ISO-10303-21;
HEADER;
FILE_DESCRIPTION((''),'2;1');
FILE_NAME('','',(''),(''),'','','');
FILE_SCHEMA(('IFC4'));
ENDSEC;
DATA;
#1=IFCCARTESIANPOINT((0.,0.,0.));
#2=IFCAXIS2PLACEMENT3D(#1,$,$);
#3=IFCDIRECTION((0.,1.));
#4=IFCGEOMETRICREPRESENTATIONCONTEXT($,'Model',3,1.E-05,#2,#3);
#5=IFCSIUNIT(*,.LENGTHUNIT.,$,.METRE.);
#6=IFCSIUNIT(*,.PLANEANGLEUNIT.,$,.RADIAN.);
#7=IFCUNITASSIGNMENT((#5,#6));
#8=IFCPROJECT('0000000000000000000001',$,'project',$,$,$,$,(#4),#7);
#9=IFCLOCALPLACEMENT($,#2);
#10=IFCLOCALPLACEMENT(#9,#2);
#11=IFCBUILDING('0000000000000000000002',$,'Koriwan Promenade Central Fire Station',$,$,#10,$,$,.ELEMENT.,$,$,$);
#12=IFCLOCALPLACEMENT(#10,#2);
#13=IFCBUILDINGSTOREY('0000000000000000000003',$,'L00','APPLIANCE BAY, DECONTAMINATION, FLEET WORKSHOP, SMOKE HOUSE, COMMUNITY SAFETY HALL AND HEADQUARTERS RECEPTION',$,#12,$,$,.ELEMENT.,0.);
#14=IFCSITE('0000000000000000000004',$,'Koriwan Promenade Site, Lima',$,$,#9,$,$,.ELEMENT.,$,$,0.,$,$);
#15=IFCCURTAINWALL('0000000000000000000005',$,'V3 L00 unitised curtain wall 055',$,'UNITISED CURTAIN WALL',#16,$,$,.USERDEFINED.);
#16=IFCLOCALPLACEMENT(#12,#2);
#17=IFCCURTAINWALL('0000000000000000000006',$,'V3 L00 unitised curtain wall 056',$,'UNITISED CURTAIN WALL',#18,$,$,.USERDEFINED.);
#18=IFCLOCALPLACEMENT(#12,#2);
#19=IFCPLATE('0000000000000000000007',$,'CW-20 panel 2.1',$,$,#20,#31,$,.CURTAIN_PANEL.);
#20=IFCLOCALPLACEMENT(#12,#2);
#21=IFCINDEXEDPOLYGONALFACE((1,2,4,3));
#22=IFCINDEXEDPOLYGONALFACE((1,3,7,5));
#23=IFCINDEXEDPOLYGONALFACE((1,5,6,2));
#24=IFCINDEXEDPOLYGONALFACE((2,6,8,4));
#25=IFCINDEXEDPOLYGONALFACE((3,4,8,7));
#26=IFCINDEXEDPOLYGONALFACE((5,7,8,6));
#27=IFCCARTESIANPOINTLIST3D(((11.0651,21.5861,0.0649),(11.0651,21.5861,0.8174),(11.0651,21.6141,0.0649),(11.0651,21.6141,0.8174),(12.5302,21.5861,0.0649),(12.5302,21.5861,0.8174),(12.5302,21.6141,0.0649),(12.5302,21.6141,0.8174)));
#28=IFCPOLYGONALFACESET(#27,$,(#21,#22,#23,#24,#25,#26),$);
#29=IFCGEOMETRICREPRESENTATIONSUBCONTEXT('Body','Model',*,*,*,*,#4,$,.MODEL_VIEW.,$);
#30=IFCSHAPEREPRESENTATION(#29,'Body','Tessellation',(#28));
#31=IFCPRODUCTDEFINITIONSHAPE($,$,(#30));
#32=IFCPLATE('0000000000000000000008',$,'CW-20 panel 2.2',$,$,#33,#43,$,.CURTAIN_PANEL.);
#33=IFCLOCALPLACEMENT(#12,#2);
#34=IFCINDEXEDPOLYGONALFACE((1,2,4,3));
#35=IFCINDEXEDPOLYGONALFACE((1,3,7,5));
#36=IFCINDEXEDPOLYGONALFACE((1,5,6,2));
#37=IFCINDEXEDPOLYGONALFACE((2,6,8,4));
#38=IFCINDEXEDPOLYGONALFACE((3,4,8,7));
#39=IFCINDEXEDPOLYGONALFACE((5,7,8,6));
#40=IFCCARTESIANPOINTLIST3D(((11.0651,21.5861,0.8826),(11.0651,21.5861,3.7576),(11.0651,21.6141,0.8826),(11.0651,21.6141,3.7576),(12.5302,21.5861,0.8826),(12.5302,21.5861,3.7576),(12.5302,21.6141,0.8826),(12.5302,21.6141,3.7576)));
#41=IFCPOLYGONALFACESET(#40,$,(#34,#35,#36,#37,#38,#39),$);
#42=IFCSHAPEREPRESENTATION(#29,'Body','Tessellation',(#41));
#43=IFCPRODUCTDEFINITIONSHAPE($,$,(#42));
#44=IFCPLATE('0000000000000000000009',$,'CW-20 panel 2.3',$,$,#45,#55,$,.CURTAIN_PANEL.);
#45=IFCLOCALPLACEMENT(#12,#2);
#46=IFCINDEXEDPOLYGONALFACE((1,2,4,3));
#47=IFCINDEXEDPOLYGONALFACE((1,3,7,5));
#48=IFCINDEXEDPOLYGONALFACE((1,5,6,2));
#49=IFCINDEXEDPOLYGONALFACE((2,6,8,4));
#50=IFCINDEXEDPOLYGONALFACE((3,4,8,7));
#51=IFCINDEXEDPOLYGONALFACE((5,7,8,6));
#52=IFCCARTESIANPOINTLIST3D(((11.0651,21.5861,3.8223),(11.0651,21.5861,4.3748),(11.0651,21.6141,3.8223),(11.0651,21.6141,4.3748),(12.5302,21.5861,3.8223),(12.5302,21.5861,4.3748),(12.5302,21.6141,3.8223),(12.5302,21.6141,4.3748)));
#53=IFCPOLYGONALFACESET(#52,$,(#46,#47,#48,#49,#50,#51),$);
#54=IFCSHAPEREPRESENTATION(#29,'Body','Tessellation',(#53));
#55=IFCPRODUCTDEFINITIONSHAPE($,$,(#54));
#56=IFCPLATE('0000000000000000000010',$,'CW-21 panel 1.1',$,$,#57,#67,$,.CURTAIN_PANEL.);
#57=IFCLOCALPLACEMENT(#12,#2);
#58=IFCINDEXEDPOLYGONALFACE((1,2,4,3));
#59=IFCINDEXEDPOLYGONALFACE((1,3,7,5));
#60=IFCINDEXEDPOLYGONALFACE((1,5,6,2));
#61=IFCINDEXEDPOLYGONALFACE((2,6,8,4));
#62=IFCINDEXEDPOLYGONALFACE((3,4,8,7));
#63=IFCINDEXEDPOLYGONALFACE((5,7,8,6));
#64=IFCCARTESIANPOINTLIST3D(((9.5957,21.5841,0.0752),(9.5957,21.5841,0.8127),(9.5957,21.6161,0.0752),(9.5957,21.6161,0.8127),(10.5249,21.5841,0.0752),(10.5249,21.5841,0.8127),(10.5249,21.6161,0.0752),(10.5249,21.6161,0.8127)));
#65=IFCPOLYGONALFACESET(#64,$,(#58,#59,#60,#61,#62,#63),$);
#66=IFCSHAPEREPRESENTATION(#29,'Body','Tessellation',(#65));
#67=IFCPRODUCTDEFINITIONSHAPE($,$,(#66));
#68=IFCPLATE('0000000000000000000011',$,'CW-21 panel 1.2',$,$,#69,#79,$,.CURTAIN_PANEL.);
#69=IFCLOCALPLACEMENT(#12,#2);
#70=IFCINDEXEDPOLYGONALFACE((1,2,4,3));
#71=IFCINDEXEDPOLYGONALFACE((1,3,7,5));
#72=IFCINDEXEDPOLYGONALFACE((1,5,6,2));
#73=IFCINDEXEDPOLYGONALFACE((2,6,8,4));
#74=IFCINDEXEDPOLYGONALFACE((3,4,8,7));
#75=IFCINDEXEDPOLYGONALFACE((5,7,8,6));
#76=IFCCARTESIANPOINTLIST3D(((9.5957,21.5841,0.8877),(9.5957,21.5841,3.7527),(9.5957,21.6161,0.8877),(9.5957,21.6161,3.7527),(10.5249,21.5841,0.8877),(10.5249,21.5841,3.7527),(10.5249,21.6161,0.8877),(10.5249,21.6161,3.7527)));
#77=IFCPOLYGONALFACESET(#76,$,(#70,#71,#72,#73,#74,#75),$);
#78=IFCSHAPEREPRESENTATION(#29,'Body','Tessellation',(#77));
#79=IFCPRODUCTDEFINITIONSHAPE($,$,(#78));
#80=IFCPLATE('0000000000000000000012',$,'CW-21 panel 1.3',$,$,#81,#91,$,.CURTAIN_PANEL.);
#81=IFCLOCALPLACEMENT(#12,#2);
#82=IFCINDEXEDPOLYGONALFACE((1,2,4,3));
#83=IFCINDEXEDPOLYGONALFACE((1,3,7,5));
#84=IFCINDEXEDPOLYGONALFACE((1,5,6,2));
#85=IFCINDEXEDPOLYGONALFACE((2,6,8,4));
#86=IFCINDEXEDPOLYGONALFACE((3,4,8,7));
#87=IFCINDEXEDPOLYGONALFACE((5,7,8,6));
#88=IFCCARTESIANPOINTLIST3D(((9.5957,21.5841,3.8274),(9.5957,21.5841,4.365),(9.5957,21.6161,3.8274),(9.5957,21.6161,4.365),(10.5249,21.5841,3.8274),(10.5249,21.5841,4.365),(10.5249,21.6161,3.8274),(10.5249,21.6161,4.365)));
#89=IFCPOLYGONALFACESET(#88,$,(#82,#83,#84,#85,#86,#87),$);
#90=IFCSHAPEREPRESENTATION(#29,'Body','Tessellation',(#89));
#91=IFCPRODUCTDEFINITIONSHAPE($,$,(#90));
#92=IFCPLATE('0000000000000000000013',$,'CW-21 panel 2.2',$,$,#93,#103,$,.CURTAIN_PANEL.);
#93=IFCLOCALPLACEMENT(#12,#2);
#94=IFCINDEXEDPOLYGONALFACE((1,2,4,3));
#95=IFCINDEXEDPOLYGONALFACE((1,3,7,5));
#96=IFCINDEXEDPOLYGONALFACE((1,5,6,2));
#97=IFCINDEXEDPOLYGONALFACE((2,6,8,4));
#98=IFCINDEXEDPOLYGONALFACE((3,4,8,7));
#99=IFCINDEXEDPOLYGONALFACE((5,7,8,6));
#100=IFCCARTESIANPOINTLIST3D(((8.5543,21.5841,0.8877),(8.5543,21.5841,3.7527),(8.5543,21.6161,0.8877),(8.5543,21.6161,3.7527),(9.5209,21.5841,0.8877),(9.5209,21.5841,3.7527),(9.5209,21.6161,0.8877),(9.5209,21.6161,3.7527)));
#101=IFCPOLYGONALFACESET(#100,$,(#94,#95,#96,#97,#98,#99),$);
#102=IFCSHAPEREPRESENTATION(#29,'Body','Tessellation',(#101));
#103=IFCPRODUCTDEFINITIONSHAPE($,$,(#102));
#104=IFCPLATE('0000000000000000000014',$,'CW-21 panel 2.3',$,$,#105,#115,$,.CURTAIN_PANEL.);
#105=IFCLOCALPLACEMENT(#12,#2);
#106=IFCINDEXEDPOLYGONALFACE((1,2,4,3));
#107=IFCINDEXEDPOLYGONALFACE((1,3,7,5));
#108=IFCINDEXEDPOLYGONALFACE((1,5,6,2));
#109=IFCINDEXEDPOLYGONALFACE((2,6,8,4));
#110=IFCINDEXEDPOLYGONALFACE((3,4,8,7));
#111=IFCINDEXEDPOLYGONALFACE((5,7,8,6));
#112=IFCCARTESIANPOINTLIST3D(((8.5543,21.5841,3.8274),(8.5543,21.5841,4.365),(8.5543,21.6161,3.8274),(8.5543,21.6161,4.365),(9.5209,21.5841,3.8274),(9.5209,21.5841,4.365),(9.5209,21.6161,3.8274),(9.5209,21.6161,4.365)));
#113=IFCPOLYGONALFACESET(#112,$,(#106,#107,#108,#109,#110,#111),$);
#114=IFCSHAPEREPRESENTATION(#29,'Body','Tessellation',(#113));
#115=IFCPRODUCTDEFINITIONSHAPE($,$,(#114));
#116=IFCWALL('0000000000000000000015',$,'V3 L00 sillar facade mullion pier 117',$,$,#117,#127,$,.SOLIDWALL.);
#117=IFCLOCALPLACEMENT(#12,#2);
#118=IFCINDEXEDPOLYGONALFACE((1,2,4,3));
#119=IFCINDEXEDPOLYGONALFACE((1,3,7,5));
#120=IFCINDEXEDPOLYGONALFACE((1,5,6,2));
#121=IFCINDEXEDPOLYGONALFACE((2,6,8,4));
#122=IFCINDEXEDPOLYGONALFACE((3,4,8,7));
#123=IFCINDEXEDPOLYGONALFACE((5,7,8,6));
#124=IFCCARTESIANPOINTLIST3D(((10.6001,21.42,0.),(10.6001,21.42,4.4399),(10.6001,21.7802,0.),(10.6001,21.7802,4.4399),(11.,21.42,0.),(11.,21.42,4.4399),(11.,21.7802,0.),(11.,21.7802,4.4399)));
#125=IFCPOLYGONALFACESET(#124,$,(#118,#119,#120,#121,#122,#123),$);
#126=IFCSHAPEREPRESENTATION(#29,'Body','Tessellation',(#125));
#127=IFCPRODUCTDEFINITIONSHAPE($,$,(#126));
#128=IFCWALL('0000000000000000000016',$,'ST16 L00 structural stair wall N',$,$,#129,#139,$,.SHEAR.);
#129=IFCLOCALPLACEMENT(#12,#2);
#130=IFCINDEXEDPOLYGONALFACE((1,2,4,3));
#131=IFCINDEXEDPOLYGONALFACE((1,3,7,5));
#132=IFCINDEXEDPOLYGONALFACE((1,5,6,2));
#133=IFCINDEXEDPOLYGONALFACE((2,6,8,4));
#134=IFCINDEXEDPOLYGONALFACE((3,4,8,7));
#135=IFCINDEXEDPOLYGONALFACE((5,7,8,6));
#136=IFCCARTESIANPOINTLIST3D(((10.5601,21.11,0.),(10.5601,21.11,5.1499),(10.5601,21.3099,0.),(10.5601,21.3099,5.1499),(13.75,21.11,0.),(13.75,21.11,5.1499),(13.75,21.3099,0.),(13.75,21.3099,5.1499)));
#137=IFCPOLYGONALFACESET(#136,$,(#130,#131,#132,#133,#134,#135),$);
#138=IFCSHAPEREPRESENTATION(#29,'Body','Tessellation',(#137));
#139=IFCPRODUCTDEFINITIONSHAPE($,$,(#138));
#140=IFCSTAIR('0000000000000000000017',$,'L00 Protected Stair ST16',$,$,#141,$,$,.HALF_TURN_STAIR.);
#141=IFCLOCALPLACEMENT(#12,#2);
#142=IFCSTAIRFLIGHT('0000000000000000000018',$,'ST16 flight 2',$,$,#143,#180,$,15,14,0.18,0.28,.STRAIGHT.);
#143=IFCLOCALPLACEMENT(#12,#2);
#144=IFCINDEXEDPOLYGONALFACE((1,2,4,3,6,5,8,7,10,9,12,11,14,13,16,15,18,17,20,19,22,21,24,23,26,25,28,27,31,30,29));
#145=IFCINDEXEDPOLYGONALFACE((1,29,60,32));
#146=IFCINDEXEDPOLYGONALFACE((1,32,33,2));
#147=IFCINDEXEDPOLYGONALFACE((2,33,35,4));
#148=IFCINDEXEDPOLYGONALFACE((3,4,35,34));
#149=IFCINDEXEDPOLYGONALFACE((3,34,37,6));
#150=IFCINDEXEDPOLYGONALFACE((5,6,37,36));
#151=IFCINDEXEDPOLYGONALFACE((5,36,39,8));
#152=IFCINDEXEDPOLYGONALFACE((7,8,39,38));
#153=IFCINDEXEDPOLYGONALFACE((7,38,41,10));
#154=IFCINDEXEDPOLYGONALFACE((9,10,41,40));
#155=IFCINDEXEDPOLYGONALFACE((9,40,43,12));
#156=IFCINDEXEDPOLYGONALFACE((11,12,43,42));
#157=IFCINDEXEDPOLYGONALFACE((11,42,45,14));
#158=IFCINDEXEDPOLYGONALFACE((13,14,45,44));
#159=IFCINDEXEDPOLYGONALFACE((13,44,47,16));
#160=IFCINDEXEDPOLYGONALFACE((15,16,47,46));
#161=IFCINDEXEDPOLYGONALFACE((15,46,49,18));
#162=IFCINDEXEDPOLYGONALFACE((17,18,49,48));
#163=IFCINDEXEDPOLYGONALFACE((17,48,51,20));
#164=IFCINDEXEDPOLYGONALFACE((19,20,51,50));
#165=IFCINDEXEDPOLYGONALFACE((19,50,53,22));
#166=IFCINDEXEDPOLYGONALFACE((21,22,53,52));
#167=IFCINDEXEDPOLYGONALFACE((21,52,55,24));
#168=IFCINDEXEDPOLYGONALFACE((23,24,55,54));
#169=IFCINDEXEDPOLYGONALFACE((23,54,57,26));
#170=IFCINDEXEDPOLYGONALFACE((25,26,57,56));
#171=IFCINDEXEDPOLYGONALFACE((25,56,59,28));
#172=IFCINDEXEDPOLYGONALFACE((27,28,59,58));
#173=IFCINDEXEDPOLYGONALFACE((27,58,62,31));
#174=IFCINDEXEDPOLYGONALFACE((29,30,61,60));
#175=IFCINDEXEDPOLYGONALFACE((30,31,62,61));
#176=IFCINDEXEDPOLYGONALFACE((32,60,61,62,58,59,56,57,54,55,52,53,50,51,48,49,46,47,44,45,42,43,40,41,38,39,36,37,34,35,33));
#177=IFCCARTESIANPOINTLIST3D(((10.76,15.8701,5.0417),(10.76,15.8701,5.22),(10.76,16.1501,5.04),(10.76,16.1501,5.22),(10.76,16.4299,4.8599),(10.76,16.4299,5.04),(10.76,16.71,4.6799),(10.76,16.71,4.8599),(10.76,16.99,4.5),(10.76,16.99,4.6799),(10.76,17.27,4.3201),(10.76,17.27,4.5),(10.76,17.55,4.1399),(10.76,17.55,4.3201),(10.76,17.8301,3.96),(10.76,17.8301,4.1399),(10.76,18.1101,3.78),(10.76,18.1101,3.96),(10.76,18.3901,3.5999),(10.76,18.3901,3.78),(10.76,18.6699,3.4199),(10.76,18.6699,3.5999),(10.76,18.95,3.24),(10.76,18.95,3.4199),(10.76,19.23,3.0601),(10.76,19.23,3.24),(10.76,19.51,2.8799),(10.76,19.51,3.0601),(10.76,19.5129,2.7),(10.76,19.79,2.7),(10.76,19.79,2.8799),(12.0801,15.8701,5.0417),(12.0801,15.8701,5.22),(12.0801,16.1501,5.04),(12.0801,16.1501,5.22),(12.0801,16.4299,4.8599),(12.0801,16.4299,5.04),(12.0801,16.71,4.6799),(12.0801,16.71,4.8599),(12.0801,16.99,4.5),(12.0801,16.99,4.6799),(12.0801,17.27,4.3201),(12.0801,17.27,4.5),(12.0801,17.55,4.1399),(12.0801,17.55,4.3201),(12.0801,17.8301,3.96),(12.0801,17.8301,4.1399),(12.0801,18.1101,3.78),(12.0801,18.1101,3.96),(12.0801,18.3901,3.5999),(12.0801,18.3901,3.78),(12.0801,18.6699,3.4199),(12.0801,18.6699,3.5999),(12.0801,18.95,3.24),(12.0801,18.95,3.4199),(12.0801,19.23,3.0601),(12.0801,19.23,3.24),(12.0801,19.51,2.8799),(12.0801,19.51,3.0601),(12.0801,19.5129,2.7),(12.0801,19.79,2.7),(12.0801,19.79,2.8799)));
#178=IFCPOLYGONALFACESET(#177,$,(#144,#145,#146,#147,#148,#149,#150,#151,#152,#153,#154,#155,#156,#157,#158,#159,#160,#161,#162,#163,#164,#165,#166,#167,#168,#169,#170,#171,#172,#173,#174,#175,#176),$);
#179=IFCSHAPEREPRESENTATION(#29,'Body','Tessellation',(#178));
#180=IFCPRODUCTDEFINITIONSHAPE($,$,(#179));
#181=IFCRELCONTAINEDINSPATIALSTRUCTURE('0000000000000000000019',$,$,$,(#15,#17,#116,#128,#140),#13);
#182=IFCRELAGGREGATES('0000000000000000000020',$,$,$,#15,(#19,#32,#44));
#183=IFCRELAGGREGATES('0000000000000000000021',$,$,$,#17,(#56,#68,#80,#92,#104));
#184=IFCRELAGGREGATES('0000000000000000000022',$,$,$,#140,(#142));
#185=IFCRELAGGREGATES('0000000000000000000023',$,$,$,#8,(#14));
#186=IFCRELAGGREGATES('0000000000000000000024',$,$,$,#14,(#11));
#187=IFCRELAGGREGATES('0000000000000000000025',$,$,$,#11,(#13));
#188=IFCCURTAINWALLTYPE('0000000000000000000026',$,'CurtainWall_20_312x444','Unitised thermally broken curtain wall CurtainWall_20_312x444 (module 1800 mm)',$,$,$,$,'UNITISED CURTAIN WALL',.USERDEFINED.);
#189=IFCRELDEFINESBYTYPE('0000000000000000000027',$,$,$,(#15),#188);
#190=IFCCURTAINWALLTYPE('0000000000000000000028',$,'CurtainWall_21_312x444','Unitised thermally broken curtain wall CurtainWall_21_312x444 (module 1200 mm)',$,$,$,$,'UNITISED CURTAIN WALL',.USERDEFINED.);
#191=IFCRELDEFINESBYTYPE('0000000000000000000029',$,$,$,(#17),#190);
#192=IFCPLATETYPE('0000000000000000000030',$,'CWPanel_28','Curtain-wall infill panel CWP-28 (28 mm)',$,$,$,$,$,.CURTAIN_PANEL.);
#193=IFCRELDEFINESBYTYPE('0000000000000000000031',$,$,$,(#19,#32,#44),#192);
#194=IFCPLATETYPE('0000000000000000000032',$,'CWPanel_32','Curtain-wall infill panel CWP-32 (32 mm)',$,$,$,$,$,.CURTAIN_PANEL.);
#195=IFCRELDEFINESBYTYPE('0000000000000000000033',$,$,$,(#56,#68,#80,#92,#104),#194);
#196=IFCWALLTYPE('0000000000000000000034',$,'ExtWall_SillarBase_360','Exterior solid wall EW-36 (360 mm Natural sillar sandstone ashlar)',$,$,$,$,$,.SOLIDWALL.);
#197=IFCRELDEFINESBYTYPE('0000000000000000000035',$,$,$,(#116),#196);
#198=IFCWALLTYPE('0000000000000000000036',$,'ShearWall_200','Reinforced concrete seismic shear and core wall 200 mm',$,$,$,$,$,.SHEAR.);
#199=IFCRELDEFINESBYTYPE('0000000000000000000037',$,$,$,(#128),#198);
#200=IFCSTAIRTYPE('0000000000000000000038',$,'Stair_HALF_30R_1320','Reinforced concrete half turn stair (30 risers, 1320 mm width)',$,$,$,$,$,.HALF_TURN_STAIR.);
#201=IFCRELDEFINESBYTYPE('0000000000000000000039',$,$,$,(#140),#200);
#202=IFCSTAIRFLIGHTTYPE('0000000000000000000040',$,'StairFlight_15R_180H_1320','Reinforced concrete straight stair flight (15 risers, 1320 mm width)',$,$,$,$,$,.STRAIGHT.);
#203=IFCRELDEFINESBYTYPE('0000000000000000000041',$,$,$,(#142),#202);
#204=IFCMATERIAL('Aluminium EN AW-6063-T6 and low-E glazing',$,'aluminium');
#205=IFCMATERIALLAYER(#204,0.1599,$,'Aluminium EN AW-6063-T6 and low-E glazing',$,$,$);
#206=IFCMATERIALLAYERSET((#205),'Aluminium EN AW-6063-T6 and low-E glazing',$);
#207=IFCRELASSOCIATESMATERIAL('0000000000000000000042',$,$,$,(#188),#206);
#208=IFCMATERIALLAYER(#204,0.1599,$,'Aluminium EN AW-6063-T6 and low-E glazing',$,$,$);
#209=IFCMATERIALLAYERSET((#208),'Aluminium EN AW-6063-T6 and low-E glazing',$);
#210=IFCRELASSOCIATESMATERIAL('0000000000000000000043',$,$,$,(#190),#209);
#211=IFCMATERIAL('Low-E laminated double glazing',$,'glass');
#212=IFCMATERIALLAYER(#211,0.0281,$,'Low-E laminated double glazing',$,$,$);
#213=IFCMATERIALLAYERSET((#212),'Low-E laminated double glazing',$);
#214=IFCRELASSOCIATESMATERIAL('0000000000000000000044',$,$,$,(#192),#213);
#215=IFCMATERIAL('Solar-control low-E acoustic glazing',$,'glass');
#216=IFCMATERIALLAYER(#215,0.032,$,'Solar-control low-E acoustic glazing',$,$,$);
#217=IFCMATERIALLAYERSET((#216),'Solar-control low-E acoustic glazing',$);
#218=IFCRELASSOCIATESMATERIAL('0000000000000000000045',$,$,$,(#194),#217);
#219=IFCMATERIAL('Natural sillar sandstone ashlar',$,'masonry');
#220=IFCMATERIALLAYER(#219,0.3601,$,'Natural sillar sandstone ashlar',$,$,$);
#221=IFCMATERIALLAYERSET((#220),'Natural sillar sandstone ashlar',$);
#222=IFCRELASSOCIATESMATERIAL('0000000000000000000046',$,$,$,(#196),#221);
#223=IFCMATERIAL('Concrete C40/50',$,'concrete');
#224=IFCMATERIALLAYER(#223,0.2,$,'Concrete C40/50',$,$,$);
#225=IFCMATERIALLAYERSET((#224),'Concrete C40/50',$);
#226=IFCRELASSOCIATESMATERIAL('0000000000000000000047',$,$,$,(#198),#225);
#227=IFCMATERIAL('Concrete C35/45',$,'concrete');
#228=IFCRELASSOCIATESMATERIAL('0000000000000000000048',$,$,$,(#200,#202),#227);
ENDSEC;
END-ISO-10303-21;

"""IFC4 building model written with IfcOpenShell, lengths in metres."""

from ifc_helpers import new_model, si_unit, direction, frame, frame_2d, origin, origin_2d, place, context, subcontext, project, spatial, polyline, rectangle, outline, extrude, material, layer, layer_set, type_object, element, aggregate, save


model = new_model("IFC4")

# Units and contexts
model_context = context("Model", 3, precision=1e-05, world=origin(), true_north=direction((0.0, 1.0)))
body_context = subcontext(model_context, "Body", "Model", "MODEL_VIEW")
ifc_project = project(units=[si_unit("LENGTHUNIT", "METRE"), si_unit("PLANEANGLEUNIT", "RADIAN")], contexts=[model_context])

# Site, building, storey
site_placement = place(None, origin())
site = spatial("IfcSite", under=ifc_project, at=site_placement, Name="Koriwan Promenade Site, Lima", CompositionType="ELEMENT", RefElevation=0.0)
building_placement = place(site_placement, origin())
building = spatial("IfcBuilding", under=site, at=building_placement, Name="Koriwan Promenade Central Fire Station", CompositionType="ELEMENT")
storey_placement = place(building_placement, origin())
storey = spatial("IfcBuildingStorey", under=building, at=storey_placement, Name="L00", Description="APPLIANCE BAY, DECONTAMINATION, FLEET WORKSHOP, SMOKE HOUSE, COMMUNITY SAFETY HALL AND HEADQUARTERS RECEPTION", CompositionType="ELEMENT", Elevation=0.0)

# Shared definitions
ifc_material_1 = material(Name="Concrete C35/45", Category="concrete")

# Curtain wall
ifc_material_2 = material(Name="Aluminium EN AW-6063-T6 and low-E glazing", Category="aluminium")
ifc_layer_1 = layer(ifc_material_2, 0.1599, Name="Aluminium EN AW-6063-T6 and low-E glazing")
ifc_layer_set_1 = layer_set([ifc_layer_1], Name="Aluminium EN AW-6063-T6 and low-E glazing")
curtain_wall_type_1 = type_object("IfcCurtainWallType", Name="CurtainWall_20_312x444", Description="Unitised thermally broken curtain wall CurtainWall_20_312x444 (module 1800 mm)", ElementType="UNITISED CURTAIN WALL", PredefinedType="USERDEFINED", material=ifc_layer_set_1)
curtain_wall_1_placement = place(storey_placement, origin())
curtain_wall_1 = element("IfcCurtainWall", 1, at=curtain_wall_1_placement, inside=storey, type_object=curtain_wall_type_1, Name="V3 L00 unitised curtain wall 055", ObjectType="UNITISED CURTAIN WALL", PredefinedType="USERDEFINED")

# Curtain wall
ifc_layer_2 = layer(ifc_material_2, 0.1599, Name="Aluminium EN AW-6063-T6 and low-E glazing")
ifc_layer_set_2 = layer_set([ifc_layer_2], Name="Aluminium EN AW-6063-T6 and low-E glazing")
curtain_wall_type_2 = type_object("IfcCurtainWallType", Name="CurtainWall_21_312x444", Description="Unitised thermally broken curtain wall CurtainWall_21_312x444 (module 1200 mm)", ElementType="UNITISED CURTAIN WALL", PredefinedType="USERDEFINED", material=ifc_layer_set_2)
curtain_wall_2_placement = place(storey_placement, origin())
curtain_wall_2 = element("IfcCurtainWall", 2, at=curtain_wall_2_placement, inside=storey, type_object=curtain_wall_type_2, Name="V3 L00 unitised curtain wall 056", ObjectType="UNITISED CURTAIN WALL", PredefinedType="USERDEFINED")

# Plates
ifc_material_3 = material(Name="Low-E laminated double glazing", Category="glass")
ifc_layer_3 = layer(ifc_material_3, 0.0281, Name="Low-E laminated double glazing")
ifc_layer_set_3 = layer_set([ifc_layer_3], Name="Low-E laminated double glazing")
plate_type_1 = type_object("IfcPlateType", Name="CWPanel_28", Description="Curtain-wall infill panel CWP-28 (28 mm)", PredefinedType="CURTAIN_PANEL", material=ifc_layer_set_3)
plate_1_placement = place(storey_placement, frame((11.7976, 21.6001, 0.0649), z_axis=(0.0, 0.0, 1.0), x_axis=(-1.0, 0.0, 0.0)))
plate_1 = element("IfcPlate", 3, at=plate_1_placement, type_object=plate_type_1, Name="CW-20 panel 2.1", PredefinedType="CURTAIN_PANEL", context=body_context, shape_type="SweptSolid", body=[
    extrude(rectangle(XDim=1.4651, YDim=0.0281, at=origin_2d()), origin(), (0.0, 0.0, 1.0), 0.7524),
])
plate_2_placement = place(storey_placement, frame((11.7976, 21.6001, 0.8826), z_axis=(0.0, 0.0, 1.0), x_axis=(-1.0, 0.0, 0.0)))
plate_2 = element("IfcPlate", 4, at=plate_2_placement, type_object=plate_type_1, Name="CW-20 panel 2.2", PredefinedType="CURTAIN_PANEL", context=body_context, shape_type="SweptSolid", body=[
    extrude(rectangle(XDim=1.4651, YDim=0.0281, at=origin_2d()), origin(), (0.0, 0.0, 1.0), 2.875),
])
plate_3_placement = place(storey_placement, frame((11.7976, 21.6001, 3.8223), z_axis=(0.0, 0.0, 1.0), x_axis=(-1.0, 0.0, 0.0)))
plate_3 = element("IfcPlate", 5, at=plate_3_placement, type_object=plate_type_1, Name="CW-20 panel 2.3", PredefinedType="CURTAIN_PANEL", context=body_context, shape_type="SweptSolid", body=[
    extrude(rectangle(XDim=1.4651, YDim=0.0281, at=origin_2d()), origin(), (0.0, 0.0, 1.0), 0.5525),
])
aggregate(curtain_wall_1, [plate_1, plate_2, plate_3])
ifc_material_4 = material(Name="Solar-control low-E acoustic glazing", Category="glass")
ifc_layer_4 = layer(ifc_material_4, 0.032, Name="Solar-control low-E acoustic glazing")
ifc_layer_set_4 = layer_set([ifc_layer_4], Name="Solar-control low-E acoustic glazing")
plate_type_2 = type_object("IfcPlateType", Name="CWPanel_32", Description="Curtain-wall infill panel CWP-32 (32 mm)", PredefinedType="CURTAIN_PANEL", material=ifc_layer_set_4)
plate_4_placement = place(storey_placement, frame((10.0603, 21.6001, 0.0752), z_axis=(0.0, 0.0, 1.0), x_axis=(-1.0, 0.0, 0.0)))
plate_4 = element("IfcPlate", 6, at=plate_4_placement, type_object=plate_type_2, Name="CW-21 panel 1.1", PredefinedType="CURTAIN_PANEL", context=body_context, shape_type="SweptSolid", body=[
    extrude(rectangle(XDim=0.9292, YDim=0.032, at=origin_2d()), origin(), (0.0, 0.0, 1.0), 0.7375),
])
plate_5_placement = place(storey_placement, frame((10.0603, 21.6001, 0.8877), z_axis=(0.0, 0.0, 1.0), x_axis=(-1.0, 0.0, 0.0)))
plate_5 = element("IfcPlate", 7, at=plate_5_placement, type_object=plate_type_2, Name="CW-21 panel 1.2", PredefinedType="CURTAIN_PANEL", context=body_context, shape_type="SweptSolid", body=[
    extrude(rectangle(XDim=0.9292, YDim=0.032, at=origin_2d()), origin(), (0.0, 0.0, 1.0), 2.865),
])
plate_6_placement = place(storey_placement, frame((10.0603, 21.6001, 3.8274), z_axis=(0.0, 0.0, 1.0), x_axis=(-1.0, 0.0, 0.0)))
plate_6 = element("IfcPlate", 8, at=plate_6_placement, type_object=plate_type_2, Name="CW-21 panel 1.3", PredefinedType="CURTAIN_PANEL", context=body_context, shape_type="SweptSolid", body=[
    extrude(rectangle(XDim=0.9292, YDim=0.032, at=origin_2d()), origin(), (0.0, 0.0, 1.0), 0.5376),
])
plate_7_placement = place(storey_placement, frame((9.0376, 21.6001, 0.8877), z_axis=(0.0, 0.0, 1.0), x_axis=(-1.0, 0.0, 0.0)))
plate_7 = element("IfcPlate", 9, at=plate_7_placement, type_object=plate_type_2, Name="CW-21 panel 2.2", PredefinedType="CURTAIN_PANEL", context=body_context, shape_type="SweptSolid", body=[
    extrude(rectangle(XDim=0.9666, YDim=0.032, at=origin_2d()), origin(), (0.0, 0.0, 1.0), 2.865),
])
plate_8_placement = place(storey_placement, frame((9.0376, 21.6001, 3.8274), z_axis=(0.0, 0.0, 1.0), x_axis=(-1.0, 0.0, 0.0)))
plate_8 = element("IfcPlate", 10, at=plate_8_placement, type_object=plate_type_2, Name="CW-21 panel 2.3", PredefinedType="CURTAIN_PANEL", context=body_context, shape_type="SweptSolid", body=[
    extrude(rectangle(XDim=0.9666, YDim=0.032, at=origin_2d()), origin(), (0.0, 0.0, 1.0), 0.5376),
])
aggregate(curtain_wall_2, [plate_4, plate_5, plate_6, plate_7, plate_8])

# Walls
ifc_material_5 = material(Name="Natural sillar sandstone ashlar", Category="masonry")
ifc_layer_5 = layer(ifc_material_5, 0.3601, Name="Natural sillar sandstone ashlar")
ifc_layer_set_5 = layer_set([ifc_layer_5], Name="Natural sillar sandstone ashlar")
wall_type_1 = type_object("IfcWallType", Name="ExtWall_SillarBase_360", Description="Exterior solid wall EW-36 (360 mm Natural sillar sandstone ashlar)", PredefinedType="SOLIDWALL", material=ifc_layer_set_5)
wall_1_placement = place(storey_placement, frame((11.0, 21.6001, 0.0), z_axis=(0.0, 0.0, 1.0), x_axis=(-1.0, 0.0, 0.0)))
element("IfcWall", 11, at=wall_1_placement, inside=storey, type_object=wall_type_1, Name="V3 L00 sillar facade mullion pier 117", PredefinedType="SOLIDWALL", context=body_context, shape_type="SweptSolid", body=[
    extrude(rectangle(XDim=0.3999, YDim=0.3601, at=frame_2d((0.2, 0.0))), origin(), (0.0, 0.0, 1.0), 4.4399),
])
ifc_material_6 = material(Name="Concrete C40/50", Category="concrete")
ifc_layer_6 = layer(ifc_material_6, 0.2, Name="Concrete C40/50")
ifc_layer_set_6 = layer_set([ifc_layer_6], Name="Concrete C40/50")
wall_type_2 = type_object("IfcWallType", Name="ShearWall_200", Description="Reinforced concrete seismic shear and core wall 200 mm", PredefinedType="SHEAR", material=ifc_layer_set_6)
wall_2_placement = place(storey_placement, frame((10.5601, 21.21, 0.0), z_axis=(0.0, 0.0, 1.0), x_axis=(1.0, 0.0, 0.0)))
element("IfcWall", 12, at=wall_2_placement, inside=storey, type_object=wall_type_2, Name="ST16 L00 structural stair wall N", PredefinedType="SHEAR", context=body_context, shape_type="SweptSolid", body=[
    extrude(rectangle(XDim=3.1899, YDim=0.2, at=frame_2d((1.595, 0.0))), origin(), (0.0, 0.0, 1.0), 5.1499),
])

# Stair, stair flight
stair_type = type_object("IfcStairType", Name="Stair_HALF_30R_1320", Description="Reinforced concrete half turn stair (30 risers, 1320 mm width)", PredefinedType="HALF_TURN_STAIR", material=ifc_material_1)
stair_placement = place(storey_placement, origin())
stair = element("IfcStair", 13, at=stair_placement, inside=storey, type_object=stair_type, Name="L00 Protected Stair ST16", PredefinedType="HALF_TURN_STAIR")
stair_flight_type = type_object("IfcStairFlightType", Name="StairFlight_15R_180H_1320", Description="Reinforced concrete straight stair flight (15 risers, 1320 mm width)", PredefinedType="STRAIGHT", material=ifc_material_1)
stair_flight_placement = place(storey_placement, frame((11.4199, 19.79, 2.7), z_axis=(0.0, 0.0, 1.0), x_axis=(0.0, -1.0, 0.0)))
stair_flight = element("IfcStairFlight", 14, at=stair_flight_placement, type_object=stair_flight_type, Name="ST16 flight 2", NumberOfRisers=15, NumberOfTreads=14, PredefinedType="STRAIGHT", RiserHeight=0.18, TreadLength=0.28, context=body_context, shape_type="SweptSolid", body=[
    extrude(outline(polyline([(0.0, 0.0), (0.0, 0.1799), (0.28, 0.1799), (0.28, 0.3601), (0.5601, 0.3601), (0.5601, 0.54), (0.8401, 0.54), (0.8401, 0.72), (1.1201, 0.72), (1.1201, 0.8999), (1.3999, 0.8999), (1.3999, 1.0801), (1.6799, 1.0801), (1.6799, 1.26), (1.96, 1.26), (1.96, 1.4399), (2.24, 1.4399), (2.24, 1.6201), (2.52, 1.6201), (2.52, 1.8), (2.8, 1.8), (2.8, 1.98), (3.0801, 1.98), (3.0801, 2.1599), (3.3601, 2.1599), (3.3601, 2.3401), (3.6399, 2.3401), (3.6399, 2.52), (3.9199, 2.52), (3.9199, 2.7), (3.9199, 2.3418), (0.2771, 0.0), (0.0, 0.0)])), frame((0.0, 0.6602, 0.0), z_axis=(0.0, -1.0, 0.0), x_axis=(1.0, 0.0, 0.0)), (0.0, 0.0, 1.0), 1.3201),
])
aggregate(stair, [stair_flight])

save(model, "model.ifc")
